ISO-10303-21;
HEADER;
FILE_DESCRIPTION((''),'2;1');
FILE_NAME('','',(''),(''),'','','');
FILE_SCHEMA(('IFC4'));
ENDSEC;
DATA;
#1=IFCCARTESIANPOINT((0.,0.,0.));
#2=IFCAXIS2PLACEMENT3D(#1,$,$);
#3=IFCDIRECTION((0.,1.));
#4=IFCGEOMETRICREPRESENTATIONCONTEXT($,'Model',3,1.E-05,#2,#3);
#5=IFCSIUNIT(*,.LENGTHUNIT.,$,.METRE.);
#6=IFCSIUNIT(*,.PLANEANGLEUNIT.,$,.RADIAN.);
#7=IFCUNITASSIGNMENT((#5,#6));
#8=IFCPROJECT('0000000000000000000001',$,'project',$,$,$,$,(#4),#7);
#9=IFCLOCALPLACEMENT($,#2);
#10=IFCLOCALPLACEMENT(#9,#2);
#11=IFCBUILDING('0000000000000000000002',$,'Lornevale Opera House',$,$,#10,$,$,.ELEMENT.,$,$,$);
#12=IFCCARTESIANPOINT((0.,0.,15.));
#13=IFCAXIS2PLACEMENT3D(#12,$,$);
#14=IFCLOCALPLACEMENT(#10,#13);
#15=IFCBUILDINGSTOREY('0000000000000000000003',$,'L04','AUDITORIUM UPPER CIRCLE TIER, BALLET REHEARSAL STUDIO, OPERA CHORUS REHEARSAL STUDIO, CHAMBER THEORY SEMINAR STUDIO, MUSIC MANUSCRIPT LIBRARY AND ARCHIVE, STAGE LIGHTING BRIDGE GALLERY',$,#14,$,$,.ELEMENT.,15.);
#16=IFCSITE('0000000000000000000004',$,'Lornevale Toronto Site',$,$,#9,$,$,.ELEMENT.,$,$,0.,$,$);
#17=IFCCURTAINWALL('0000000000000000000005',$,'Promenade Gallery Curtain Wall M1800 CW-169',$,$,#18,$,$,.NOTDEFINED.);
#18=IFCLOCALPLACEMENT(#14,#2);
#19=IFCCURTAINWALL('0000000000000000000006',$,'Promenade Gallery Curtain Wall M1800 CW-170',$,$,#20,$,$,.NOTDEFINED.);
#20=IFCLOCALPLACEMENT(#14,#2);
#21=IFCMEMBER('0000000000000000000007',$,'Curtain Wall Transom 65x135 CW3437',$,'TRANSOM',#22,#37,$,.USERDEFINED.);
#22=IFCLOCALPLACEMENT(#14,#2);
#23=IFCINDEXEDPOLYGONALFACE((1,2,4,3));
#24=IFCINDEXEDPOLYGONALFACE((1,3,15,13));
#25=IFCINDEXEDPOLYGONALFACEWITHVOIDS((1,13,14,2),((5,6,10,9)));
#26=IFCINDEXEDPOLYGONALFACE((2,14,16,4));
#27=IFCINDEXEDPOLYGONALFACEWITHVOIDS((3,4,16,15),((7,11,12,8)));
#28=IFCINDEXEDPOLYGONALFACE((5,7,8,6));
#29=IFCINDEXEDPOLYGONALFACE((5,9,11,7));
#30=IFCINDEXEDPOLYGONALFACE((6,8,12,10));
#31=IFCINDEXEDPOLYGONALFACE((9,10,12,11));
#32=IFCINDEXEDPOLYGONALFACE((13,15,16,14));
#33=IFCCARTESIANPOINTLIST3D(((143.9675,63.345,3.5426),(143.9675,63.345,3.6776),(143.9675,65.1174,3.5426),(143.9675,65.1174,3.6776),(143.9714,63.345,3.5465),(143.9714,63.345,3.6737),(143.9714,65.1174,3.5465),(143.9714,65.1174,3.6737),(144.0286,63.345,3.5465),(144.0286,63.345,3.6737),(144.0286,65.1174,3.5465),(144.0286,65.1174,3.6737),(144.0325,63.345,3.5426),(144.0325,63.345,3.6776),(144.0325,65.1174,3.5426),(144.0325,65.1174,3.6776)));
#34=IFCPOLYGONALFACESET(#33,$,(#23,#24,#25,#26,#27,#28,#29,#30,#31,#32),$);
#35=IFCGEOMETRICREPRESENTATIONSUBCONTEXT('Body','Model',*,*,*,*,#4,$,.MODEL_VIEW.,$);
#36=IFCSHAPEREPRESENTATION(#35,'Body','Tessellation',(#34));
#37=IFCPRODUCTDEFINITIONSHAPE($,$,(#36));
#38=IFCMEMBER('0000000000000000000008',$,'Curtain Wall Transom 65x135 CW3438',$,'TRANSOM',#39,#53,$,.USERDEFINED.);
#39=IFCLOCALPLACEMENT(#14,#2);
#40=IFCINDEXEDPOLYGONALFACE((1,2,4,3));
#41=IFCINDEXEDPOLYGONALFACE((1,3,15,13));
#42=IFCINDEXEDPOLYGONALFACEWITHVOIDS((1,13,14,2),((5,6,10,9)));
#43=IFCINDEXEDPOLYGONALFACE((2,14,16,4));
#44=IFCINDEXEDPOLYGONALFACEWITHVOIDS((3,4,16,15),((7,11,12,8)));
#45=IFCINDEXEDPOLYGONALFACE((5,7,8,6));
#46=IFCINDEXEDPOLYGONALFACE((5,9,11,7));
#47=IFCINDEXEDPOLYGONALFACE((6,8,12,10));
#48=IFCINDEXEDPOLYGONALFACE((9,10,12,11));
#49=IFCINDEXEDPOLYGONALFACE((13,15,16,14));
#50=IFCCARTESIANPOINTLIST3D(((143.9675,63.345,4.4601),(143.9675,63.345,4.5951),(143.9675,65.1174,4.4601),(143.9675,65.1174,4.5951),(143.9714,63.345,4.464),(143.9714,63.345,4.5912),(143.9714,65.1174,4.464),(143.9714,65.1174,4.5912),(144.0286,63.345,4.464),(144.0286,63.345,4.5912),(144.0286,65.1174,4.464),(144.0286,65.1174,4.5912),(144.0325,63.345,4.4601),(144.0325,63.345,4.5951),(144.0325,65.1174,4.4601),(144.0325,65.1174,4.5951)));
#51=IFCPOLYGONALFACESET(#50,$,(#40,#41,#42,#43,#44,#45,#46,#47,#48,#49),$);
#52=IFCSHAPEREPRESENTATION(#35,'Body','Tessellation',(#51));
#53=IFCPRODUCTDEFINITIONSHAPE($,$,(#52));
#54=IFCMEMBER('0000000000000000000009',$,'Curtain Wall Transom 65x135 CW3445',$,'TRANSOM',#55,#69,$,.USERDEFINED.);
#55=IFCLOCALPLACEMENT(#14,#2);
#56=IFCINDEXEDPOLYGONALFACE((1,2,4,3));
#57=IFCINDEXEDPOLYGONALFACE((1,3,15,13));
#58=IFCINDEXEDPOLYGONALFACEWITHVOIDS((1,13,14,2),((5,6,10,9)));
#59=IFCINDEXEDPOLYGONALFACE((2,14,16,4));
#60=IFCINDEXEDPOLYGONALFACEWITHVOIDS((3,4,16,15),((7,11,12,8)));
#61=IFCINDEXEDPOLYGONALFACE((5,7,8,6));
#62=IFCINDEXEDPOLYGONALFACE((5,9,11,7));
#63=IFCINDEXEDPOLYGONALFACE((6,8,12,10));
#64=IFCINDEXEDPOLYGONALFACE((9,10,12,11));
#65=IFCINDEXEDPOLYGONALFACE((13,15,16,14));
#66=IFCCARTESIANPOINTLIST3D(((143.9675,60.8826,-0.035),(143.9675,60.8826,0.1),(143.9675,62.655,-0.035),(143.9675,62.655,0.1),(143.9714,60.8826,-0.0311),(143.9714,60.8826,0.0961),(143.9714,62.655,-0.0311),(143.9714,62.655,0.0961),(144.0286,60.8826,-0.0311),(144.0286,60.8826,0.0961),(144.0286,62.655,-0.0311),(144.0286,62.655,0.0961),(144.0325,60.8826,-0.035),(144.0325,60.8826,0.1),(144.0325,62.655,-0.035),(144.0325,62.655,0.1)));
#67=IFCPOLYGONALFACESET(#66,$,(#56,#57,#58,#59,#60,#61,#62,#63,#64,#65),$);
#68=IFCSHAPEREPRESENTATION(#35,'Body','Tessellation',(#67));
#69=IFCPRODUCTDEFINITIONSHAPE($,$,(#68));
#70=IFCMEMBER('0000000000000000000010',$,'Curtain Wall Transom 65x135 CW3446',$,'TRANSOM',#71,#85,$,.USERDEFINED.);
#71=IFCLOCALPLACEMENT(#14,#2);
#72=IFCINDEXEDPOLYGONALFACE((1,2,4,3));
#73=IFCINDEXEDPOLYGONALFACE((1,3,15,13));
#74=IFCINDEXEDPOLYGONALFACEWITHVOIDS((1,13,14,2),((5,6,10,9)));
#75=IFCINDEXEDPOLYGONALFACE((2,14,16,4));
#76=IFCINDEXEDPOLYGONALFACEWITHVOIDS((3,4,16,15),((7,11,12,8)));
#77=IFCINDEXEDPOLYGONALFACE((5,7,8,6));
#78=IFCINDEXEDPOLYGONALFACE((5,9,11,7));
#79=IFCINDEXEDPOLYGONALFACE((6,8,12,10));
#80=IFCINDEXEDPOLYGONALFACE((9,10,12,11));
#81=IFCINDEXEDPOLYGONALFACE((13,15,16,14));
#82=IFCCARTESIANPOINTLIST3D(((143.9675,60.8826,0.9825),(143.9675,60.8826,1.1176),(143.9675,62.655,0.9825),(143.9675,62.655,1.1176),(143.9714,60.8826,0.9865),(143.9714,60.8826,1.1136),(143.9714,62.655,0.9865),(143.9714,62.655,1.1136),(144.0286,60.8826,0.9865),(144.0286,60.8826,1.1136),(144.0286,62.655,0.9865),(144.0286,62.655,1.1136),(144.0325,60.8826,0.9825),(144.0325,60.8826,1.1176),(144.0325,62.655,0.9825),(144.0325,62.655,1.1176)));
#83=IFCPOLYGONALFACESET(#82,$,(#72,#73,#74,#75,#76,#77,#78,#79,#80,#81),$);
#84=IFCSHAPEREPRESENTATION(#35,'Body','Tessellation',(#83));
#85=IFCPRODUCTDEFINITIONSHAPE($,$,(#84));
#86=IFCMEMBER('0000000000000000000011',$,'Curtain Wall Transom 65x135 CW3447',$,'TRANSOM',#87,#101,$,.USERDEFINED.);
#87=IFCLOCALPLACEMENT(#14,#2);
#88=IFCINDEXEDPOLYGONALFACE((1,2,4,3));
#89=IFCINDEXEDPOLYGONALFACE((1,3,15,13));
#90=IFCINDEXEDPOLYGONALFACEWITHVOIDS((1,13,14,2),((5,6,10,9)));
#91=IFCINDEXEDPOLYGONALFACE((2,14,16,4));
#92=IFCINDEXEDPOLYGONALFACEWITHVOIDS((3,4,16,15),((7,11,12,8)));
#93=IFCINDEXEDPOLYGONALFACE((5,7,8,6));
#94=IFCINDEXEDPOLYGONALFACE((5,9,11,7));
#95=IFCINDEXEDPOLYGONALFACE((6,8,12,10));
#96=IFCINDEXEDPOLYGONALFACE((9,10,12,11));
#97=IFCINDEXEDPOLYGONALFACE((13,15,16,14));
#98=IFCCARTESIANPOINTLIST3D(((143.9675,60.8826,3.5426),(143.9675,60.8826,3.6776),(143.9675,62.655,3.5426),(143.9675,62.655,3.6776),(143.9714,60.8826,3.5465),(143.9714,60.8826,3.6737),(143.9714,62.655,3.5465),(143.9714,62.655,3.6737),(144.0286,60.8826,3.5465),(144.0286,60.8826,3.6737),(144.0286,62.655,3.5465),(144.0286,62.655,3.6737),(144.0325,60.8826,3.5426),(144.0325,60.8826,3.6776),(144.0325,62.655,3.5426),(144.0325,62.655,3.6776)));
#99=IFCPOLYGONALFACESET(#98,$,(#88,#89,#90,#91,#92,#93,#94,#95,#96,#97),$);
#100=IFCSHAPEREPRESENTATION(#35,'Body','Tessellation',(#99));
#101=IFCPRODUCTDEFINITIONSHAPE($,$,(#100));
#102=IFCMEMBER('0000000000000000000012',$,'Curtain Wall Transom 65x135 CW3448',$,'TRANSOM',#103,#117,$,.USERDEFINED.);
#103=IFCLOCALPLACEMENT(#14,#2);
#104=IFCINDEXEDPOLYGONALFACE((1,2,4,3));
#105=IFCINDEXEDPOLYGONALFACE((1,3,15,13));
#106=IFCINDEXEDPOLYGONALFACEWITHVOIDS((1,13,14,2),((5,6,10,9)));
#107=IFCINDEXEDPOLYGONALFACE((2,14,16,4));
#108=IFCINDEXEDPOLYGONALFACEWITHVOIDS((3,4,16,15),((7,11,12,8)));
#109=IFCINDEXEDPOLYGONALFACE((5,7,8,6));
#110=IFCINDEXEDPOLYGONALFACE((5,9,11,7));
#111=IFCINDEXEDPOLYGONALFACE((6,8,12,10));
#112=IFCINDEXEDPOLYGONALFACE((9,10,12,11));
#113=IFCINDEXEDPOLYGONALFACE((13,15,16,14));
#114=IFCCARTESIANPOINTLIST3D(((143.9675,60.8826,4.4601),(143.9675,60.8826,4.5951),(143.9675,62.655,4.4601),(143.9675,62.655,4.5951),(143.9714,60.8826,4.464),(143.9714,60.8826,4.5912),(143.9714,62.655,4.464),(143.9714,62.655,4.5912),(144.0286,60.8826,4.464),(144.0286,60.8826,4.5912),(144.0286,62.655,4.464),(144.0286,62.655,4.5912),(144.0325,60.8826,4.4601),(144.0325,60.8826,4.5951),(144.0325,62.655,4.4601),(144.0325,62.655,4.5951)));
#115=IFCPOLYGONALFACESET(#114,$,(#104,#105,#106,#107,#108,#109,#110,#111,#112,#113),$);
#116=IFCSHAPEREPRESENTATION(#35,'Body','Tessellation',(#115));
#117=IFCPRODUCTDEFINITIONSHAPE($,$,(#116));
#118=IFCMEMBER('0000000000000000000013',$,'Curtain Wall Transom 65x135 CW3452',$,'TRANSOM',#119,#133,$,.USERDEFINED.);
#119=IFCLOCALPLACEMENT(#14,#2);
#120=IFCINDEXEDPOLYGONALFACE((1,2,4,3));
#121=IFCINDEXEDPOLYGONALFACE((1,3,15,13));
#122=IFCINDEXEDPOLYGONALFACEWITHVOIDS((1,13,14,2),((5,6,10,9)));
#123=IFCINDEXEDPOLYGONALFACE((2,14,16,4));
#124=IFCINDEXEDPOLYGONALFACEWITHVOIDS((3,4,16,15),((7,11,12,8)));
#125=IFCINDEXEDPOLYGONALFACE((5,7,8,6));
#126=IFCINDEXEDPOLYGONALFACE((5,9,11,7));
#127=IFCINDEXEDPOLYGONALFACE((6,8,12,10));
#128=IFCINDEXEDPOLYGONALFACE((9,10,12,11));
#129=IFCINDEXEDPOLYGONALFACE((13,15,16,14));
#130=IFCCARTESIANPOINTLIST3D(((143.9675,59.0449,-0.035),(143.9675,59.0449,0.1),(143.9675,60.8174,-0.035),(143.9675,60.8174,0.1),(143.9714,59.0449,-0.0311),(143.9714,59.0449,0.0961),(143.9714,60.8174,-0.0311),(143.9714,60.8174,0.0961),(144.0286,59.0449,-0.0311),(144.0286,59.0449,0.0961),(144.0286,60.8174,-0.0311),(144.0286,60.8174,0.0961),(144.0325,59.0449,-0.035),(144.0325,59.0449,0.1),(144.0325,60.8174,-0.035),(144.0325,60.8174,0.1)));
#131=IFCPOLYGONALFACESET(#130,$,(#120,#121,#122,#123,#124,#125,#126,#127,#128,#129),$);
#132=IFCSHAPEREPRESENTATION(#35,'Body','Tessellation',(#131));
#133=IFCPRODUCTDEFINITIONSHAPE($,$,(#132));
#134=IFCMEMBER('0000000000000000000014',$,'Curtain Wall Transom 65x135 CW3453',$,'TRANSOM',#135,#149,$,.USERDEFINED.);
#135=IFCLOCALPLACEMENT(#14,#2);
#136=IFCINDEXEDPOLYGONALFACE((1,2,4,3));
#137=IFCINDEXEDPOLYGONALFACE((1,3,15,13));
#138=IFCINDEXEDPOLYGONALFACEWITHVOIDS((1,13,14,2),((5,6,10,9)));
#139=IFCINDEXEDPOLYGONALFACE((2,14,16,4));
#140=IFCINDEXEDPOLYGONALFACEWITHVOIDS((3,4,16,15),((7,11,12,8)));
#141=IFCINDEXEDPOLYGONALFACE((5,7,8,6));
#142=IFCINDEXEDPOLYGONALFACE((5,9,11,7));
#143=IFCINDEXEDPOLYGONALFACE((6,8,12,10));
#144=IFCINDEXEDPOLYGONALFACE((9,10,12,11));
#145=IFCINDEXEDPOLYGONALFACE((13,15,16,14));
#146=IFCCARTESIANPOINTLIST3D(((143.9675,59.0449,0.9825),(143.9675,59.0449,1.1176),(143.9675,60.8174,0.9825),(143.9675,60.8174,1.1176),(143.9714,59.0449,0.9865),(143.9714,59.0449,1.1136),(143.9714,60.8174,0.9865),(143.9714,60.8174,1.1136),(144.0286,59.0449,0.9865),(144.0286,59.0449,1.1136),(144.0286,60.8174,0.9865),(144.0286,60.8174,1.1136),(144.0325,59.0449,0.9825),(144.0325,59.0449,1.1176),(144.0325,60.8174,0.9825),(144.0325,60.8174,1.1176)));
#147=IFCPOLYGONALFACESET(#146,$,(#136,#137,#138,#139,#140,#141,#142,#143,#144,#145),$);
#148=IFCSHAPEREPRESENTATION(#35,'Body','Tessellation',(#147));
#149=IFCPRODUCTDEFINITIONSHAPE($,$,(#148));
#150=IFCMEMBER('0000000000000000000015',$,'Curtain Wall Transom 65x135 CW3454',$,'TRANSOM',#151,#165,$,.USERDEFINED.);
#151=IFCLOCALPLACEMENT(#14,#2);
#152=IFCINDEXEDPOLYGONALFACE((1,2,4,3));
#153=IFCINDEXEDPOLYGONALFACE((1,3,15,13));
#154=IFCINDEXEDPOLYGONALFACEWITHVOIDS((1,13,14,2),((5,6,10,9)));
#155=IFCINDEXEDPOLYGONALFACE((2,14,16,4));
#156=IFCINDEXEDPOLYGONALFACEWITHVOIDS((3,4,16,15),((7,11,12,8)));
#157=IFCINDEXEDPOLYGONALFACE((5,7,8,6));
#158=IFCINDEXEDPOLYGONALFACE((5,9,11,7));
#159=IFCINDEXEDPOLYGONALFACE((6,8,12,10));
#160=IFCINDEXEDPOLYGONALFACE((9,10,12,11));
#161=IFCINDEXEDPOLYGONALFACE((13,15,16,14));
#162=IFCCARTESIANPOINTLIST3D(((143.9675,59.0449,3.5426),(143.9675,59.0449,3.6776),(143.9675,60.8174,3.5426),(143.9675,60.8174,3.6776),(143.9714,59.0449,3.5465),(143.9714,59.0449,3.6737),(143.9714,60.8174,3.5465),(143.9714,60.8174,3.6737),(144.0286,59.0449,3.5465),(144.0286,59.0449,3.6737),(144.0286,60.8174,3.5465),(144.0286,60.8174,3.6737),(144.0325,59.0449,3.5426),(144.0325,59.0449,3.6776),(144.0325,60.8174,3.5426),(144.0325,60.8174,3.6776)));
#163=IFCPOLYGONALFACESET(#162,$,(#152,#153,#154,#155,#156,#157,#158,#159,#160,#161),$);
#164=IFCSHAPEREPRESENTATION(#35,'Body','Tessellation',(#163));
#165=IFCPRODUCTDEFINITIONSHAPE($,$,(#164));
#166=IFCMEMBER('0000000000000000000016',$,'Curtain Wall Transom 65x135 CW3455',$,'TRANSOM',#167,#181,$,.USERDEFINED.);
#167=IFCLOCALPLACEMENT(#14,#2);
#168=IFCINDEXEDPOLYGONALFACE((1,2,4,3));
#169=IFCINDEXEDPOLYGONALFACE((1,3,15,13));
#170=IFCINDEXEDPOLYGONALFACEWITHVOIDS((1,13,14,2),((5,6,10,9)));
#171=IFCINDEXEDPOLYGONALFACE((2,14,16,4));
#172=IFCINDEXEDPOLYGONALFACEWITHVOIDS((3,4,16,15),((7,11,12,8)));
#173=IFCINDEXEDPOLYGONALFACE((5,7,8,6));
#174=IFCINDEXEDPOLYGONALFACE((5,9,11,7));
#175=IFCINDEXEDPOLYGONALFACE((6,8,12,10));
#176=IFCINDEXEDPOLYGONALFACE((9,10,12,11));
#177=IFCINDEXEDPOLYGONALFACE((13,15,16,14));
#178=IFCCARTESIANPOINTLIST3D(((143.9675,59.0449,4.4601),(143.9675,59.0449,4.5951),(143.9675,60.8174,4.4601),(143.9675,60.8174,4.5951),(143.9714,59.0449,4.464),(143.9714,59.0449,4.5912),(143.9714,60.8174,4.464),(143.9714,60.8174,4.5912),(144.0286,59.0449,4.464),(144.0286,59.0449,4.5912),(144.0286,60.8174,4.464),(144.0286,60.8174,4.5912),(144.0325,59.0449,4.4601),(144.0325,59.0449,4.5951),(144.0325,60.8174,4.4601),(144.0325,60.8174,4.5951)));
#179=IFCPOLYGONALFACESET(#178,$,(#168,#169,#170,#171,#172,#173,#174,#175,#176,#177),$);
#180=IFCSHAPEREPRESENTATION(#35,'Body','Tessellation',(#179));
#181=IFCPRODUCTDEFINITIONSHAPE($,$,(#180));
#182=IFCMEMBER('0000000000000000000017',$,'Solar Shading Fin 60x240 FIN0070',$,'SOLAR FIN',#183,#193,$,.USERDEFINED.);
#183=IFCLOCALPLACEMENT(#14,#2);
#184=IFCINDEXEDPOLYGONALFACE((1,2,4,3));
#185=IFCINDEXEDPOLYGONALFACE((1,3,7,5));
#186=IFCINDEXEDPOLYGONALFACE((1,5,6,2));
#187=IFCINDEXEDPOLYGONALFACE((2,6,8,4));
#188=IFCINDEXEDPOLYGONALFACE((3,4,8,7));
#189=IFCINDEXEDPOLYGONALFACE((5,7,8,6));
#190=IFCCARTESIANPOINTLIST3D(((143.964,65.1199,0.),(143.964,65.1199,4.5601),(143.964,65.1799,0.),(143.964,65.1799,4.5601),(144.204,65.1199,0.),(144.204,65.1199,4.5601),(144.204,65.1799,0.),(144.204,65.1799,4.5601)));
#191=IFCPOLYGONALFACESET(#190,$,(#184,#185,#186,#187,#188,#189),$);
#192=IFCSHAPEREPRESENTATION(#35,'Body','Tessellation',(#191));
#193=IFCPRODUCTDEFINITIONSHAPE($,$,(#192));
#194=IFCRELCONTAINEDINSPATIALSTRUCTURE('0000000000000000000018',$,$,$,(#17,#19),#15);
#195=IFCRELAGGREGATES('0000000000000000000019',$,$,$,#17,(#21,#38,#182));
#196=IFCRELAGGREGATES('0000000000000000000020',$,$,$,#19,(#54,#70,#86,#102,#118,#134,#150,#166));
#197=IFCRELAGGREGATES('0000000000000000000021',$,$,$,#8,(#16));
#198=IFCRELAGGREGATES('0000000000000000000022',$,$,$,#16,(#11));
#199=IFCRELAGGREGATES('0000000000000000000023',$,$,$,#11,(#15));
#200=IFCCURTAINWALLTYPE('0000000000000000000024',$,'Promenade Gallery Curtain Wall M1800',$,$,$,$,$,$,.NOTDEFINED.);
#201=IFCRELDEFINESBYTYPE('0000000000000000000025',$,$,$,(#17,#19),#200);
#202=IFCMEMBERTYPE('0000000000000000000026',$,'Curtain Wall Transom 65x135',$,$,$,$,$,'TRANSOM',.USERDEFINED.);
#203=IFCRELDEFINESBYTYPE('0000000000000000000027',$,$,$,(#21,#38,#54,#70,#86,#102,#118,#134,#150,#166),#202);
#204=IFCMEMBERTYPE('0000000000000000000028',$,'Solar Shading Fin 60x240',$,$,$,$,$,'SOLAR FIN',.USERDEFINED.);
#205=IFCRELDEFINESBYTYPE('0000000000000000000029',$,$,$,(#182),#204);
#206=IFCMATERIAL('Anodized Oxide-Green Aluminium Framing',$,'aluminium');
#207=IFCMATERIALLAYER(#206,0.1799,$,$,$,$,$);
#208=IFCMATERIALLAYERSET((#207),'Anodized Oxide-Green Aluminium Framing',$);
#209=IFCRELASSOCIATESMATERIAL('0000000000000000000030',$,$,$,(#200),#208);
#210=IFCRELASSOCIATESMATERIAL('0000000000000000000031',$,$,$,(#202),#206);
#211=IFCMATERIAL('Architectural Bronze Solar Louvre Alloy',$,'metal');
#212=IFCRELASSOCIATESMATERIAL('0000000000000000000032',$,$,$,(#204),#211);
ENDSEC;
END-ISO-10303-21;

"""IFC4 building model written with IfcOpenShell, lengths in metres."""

from ifc_helpers import new_model, si_unit, direction, frame, origin, origin_2d, place, context, subcontext, project, spatial, rectangle, hollow_rectangle, extrude, material, layer, layer_set, material_profile, profile_set, type_object, element, aggregate, save


model = new_model("IFC4")

# Units and contexts
model_context = context("Model", 3, precision=1e-05, world=origin(), true_north=direction((0.0, 1.0)))
body_context = subcontext(model_context, "Body", "Model", "MODEL_VIEW")
ifc_project = project(units=[si_unit("LENGTHUNIT", "METRE"), si_unit("PLANEANGLEUNIT", "RADIAN")], contexts=[model_context])

# Site, building, storey
site_placement = place(None, origin())
site = spatial("IfcSite", under=ifc_project, at=site_placement, Name="Lornevale Toronto Site", CompositionType="ELEMENT", RefElevation=0.0)
building_placement = place(site_placement, origin())
building = spatial("IfcBuilding", under=site, at=building_placement, Name="Lornevale Opera House", CompositionType="ELEMENT")
storey_placement = place(building_placement, frame((0.0, 0.0, 15.0)))
storey = spatial("IfcBuildingStorey", under=building, at=storey_placement, Name="L04", Description="AUDITORIUM UPPER CIRCLE TIER, BALLET REHEARSAL STUDIO, OPERA CHORUS REHEARSAL STUDIO, CHAMBER THEORY SEMINAR STUDIO, MUSIC MANUSCRIPT LIBRARY AND ARCHIVE, STAGE LIGHTING BRIDGE GALLERY", CompositionType="ELEMENT", Elevation=15.0)

# Curtain walls
ifc_material_1 = material(Name="Anodized Oxide-Green Aluminium Framing", Category="aluminium")
ifc_layer_1 = layer(ifc_material_1, 0.1799)
ifc_layer_set_1 = layer_set([ifc_layer_1], Name="Anodized Oxide-Green Aluminium Framing")
curtain_wall_type = type_object("IfcCurtainWallType", Name="Promenade Gallery Curtain Wall M1800", PredefinedType="NOTDEFINED", material=ifc_layer_set_1)
curtain_wall_1_placement = place(storey_placement, origin())
curtain_wall_1 = element("IfcCurtainWall", 1, at=curtain_wall_1_placement, inside=storey, type_object=curtain_wall_type, Name="Promenade Gallery Curtain Wall M1800 CW-169", PredefinedType="NOTDEFINED")
curtain_wall_2_placement = place(storey_placement, origin())
curtain_wall_2 = element("IfcCurtainWall", 2, at=curtain_wall_2_placement, inside=storey, type_object=curtain_wall_type, Name="Promenade Gallery Curtain Wall M1800 CW-170", PredefinedType="NOTDEFINED")

# Members
ifc_material_profile_1 = material_profile(ifc_material_1, hollow_rectangle(XDim=0.0649, YDim=0.135, WallThickness=0.0039, at=origin_2d()), Name="ALU65x135x4")
ifc_profile_set_1 = profile_set([ifc_material_profile_1], Name="Anodized Oxide-Green Aluminium Framing")
member_type_1 = type_object("IfcMemberType", Name="Curtain Wall Transom 65x135", ElementType="TRANSOM", PredefinedType="USERDEFINED", material=ifc_profile_set_1)
member_1_placement = place(storey_placement, frame((144.0, 65.1174, 3.6101), z_axis=(0.0, -1.0, 0.0), x_axis=(1.0, 0.0, 0.0)))
member_1 = element("IfcMember", 3, at=member_1_placement, type_object=member_type_1, Name="Curtain Wall Transom 65x135 CW3437", ObjectType="TRANSOM", PredefinedType="USERDEFINED", context=body_context, shape_type="SweptSolid", body=[
    extrude(hollow_rectangle(XDim=0.0649, YDim=0.135, WallThickness=0.0039, at=origin_2d()), origin(), (0.0, 0.0, 1.0), 1.7725),
])
member_2_placement = place(storey_placement, frame((144.0, 65.1174, 4.5276), z_axis=(0.0, -1.0, 0.0), x_axis=(1.0, 0.0, 0.0)))
member_2 = element("IfcMember", 4, at=member_2_placement, type_object=member_type_1, Name="Curtain Wall Transom 65x135 CW3438", ObjectType="TRANSOM", PredefinedType="USERDEFINED", context=body_context, shape_type="SweptSolid", body=[
    extrude(hollow_rectangle(XDim=0.0649, YDim=0.135, WallThickness=0.0039, at=origin_2d()), origin(), (0.0, 0.0, 1.0), 1.7725),
])
member_3_placement = place(storey_placement, frame((144.0, 62.655, 0.0325), z_axis=(0.0, -1.0, 0.0), x_axis=(1.0, 0.0, 0.0)))
member_3 = element("IfcMember", 5, at=member_3_placement, type_object=member_type_1, Name="Curtain Wall Transom 65x135 CW3445", ObjectType="TRANSOM", PredefinedType="USERDEFINED", context=body_context, shape_type="SweptSolid", body=[
    extrude(hollow_rectangle(XDim=0.0649, YDim=0.135, WallThickness=0.0039, at=origin_2d()), origin(), (0.0, 0.0, 1.0), 1.7725),
])
member_4_placement = place(storey_placement, frame((144.0, 62.655, 1.05), z_axis=(0.0, -1.0, 0.0), x_axis=(1.0, 0.0, 0.0)))
member_4 = element("IfcMember", 6, at=member_4_placement, type_object=member_type_1, Name="Curtain Wall Transom 65x135 CW3446", ObjectType="TRANSOM", PredefinedType="USERDEFINED", context=body_context, shape_type="SweptSolid", body=[
    extrude(hollow_rectangle(XDim=0.0649, YDim=0.135, WallThickness=0.0039, at=origin_2d()), origin(), (0.0, 0.0, 1.0), 1.7725),
])
member_5_placement = place(storey_placement, frame((144.0, 62.655, 3.6101), z_axis=(0.0, -1.0, 0.0), x_axis=(1.0, 0.0, 0.0)))
member_5 = element("IfcMember", 7, at=member_5_placement, type_object=member_type_1, Name="Curtain Wall Transom 65x135 CW3447", ObjectType="TRANSOM", PredefinedType="USERDEFINED", context=body_context, shape_type="SweptSolid", body=[
    extrude(hollow_rectangle(XDim=0.0649, YDim=0.135, WallThickness=0.0039, at=origin_2d()), origin(), (0.0, 0.0, 1.0), 1.7725),
])
member_6_placement = place(storey_placement, frame((144.0, 62.655, 4.5276), z_axis=(0.0, -1.0, 0.0), x_axis=(1.0, 0.0, 0.0)))
member_6 = element("IfcMember", 8, at=member_6_placement, type_object=member_type_1, Name="Curtain Wall Transom 65x135 CW3448", ObjectType="TRANSOM", PredefinedType="USERDEFINED", context=body_context, shape_type="SweptSolid", body=[
    extrude(hollow_rectangle(XDim=0.0649, YDim=0.135, WallThickness=0.0039, at=origin_2d()), origin(), (0.0, 0.0, 1.0), 1.7725),
])
member_7_placement = place(storey_placement, frame((144.0, 60.8174, 0.0325), z_axis=(0.0, -1.0, 0.0), x_axis=(1.0, 0.0, 0.0)))
member_7 = element("IfcMember", 9, at=member_7_placement, type_object=member_type_1, Name="Curtain Wall Transom 65x135 CW3452", ObjectType="TRANSOM", PredefinedType="USERDEFINED", context=body_context, shape_type="SweptSolid", body=[
    extrude(hollow_rectangle(XDim=0.0649, YDim=0.135, WallThickness=0.0039, at=origin_2d()), origin(), (0.0, 0.0, 1.0), 1.7725),
])
member_8_placement = place(storey_placement, frame((144.0, 60.8174, 1.05), z_axis=(0.0, -1.0, 0.0), x_axis=(1.0, 0.0, 0.0)))
member_8 = element("IfcMember", 10, at=member_8_placement, type_object=member_type_1, Name="Curtain Wall Transom 65x135 CW3453", ObjectType="TRANSOM", PredefinedType="USERDEFINED", context=body_context, shape_type="SweptSolid", body=[
    extrude(hollow_rectangle(XDim=0.0649, YDim=0.135, WallThickness=0.0039, at=origin_2d()), origin(), (0.0, 0.0, 1.0), 1.7725),
])
member_9_placement = place(storey_placement, frame((144.0, 60.8174, 3.6101), z_axis=(0.0, -1.0, 0.0), x_axis=(1.0, 0.0, 0.0)))
member_9 = element("IfcMember", 11, at=member_9_placement, type_object=member_type_1, Name="Curtain Wall Transom 65x135 CW3454", ObjectType="TRANSOM", PredefinedType="USERDEFINED", context=body_context, shape_type="SweptSolid", body=[
    extrude(hollow_rectangle(XDim=0.0649, YDim=0.135, WallThickness=0.0039, at=origin_2d()), origin(), (0.0, 0.0, 1.0), 1.7725),
])
member_10_placement = place(storey_placement, frame((144.0, 60.8174, 4.5276), z_axis=(0.0, -1.0, 0.0), x_axis=(1.0, 0.0, 0.0)))
member_10 = element("IfcMember", 12, at=member_10_placement, type_object=member_type_1, Name="Curtain Wall Transom 65x135 CW3455", ObjectType="TRANSOM", PredefinedType="USERDEFINED", context=body_context, shape_type="SweptSolid", body=[
    extrude(hollow_rectangle(XDim=0.0649, YDim=0.135, WallThickness=0.0039, at=origin_2d()), origin(), (0.0, 0.0, 1.0), 1.7725),
])
ifc_material_2 = material(Name="Architectural Bronze Solar Louvre Alloy", Category="metal")
ifc_material_profile_2 = material_profile(ifc_material_2, rectangle(XDim=0.0601, YDim=0.24, at=origin_2d()), Name="FIN60x240")
ifc_profile_set_2 = profile_set([ifc_material_profile_2], Name="Architectural Bronze Solar Louvre Alloy")
member_type_2 = type_object("IfcMemberType", Name="Solar Shading Fin 60x240", ElementType="SOLAR FIN", PredefinedType="USERDEFINED", material=ifc_profile_set_2)
member_11_placement = place(storey_placement, frame((144.084, 65.1499, 0.0), z_axis=(0.0, 0.0, 1.0), x_axis=(0.0, -1.0, 0.0)))
member_11 = element("IfcMember", 13, at=member_11_placement, type_object=member_type_2, Name="Solar Shading Fin 60x240 FIN0070", ObjectType="SOLAR FIN", PredefinedType="USERDEFINED", context=body_context, shape_type="SweptSolid", body=[
    extrude(rectangle(XDim=0.0601, YDim=0.24, at=origin_2d()), origin(), (0.0, 0.0, 1.0), 4.5601),
])

aggregate(curtain_wall_1, [member_1, member_2, member_11])
aggregate(curtain_wall_2, [member_3, member_4, member_5, member_6, member_7, member_8, member_9, member_10])

save(model, "model.ifc")
